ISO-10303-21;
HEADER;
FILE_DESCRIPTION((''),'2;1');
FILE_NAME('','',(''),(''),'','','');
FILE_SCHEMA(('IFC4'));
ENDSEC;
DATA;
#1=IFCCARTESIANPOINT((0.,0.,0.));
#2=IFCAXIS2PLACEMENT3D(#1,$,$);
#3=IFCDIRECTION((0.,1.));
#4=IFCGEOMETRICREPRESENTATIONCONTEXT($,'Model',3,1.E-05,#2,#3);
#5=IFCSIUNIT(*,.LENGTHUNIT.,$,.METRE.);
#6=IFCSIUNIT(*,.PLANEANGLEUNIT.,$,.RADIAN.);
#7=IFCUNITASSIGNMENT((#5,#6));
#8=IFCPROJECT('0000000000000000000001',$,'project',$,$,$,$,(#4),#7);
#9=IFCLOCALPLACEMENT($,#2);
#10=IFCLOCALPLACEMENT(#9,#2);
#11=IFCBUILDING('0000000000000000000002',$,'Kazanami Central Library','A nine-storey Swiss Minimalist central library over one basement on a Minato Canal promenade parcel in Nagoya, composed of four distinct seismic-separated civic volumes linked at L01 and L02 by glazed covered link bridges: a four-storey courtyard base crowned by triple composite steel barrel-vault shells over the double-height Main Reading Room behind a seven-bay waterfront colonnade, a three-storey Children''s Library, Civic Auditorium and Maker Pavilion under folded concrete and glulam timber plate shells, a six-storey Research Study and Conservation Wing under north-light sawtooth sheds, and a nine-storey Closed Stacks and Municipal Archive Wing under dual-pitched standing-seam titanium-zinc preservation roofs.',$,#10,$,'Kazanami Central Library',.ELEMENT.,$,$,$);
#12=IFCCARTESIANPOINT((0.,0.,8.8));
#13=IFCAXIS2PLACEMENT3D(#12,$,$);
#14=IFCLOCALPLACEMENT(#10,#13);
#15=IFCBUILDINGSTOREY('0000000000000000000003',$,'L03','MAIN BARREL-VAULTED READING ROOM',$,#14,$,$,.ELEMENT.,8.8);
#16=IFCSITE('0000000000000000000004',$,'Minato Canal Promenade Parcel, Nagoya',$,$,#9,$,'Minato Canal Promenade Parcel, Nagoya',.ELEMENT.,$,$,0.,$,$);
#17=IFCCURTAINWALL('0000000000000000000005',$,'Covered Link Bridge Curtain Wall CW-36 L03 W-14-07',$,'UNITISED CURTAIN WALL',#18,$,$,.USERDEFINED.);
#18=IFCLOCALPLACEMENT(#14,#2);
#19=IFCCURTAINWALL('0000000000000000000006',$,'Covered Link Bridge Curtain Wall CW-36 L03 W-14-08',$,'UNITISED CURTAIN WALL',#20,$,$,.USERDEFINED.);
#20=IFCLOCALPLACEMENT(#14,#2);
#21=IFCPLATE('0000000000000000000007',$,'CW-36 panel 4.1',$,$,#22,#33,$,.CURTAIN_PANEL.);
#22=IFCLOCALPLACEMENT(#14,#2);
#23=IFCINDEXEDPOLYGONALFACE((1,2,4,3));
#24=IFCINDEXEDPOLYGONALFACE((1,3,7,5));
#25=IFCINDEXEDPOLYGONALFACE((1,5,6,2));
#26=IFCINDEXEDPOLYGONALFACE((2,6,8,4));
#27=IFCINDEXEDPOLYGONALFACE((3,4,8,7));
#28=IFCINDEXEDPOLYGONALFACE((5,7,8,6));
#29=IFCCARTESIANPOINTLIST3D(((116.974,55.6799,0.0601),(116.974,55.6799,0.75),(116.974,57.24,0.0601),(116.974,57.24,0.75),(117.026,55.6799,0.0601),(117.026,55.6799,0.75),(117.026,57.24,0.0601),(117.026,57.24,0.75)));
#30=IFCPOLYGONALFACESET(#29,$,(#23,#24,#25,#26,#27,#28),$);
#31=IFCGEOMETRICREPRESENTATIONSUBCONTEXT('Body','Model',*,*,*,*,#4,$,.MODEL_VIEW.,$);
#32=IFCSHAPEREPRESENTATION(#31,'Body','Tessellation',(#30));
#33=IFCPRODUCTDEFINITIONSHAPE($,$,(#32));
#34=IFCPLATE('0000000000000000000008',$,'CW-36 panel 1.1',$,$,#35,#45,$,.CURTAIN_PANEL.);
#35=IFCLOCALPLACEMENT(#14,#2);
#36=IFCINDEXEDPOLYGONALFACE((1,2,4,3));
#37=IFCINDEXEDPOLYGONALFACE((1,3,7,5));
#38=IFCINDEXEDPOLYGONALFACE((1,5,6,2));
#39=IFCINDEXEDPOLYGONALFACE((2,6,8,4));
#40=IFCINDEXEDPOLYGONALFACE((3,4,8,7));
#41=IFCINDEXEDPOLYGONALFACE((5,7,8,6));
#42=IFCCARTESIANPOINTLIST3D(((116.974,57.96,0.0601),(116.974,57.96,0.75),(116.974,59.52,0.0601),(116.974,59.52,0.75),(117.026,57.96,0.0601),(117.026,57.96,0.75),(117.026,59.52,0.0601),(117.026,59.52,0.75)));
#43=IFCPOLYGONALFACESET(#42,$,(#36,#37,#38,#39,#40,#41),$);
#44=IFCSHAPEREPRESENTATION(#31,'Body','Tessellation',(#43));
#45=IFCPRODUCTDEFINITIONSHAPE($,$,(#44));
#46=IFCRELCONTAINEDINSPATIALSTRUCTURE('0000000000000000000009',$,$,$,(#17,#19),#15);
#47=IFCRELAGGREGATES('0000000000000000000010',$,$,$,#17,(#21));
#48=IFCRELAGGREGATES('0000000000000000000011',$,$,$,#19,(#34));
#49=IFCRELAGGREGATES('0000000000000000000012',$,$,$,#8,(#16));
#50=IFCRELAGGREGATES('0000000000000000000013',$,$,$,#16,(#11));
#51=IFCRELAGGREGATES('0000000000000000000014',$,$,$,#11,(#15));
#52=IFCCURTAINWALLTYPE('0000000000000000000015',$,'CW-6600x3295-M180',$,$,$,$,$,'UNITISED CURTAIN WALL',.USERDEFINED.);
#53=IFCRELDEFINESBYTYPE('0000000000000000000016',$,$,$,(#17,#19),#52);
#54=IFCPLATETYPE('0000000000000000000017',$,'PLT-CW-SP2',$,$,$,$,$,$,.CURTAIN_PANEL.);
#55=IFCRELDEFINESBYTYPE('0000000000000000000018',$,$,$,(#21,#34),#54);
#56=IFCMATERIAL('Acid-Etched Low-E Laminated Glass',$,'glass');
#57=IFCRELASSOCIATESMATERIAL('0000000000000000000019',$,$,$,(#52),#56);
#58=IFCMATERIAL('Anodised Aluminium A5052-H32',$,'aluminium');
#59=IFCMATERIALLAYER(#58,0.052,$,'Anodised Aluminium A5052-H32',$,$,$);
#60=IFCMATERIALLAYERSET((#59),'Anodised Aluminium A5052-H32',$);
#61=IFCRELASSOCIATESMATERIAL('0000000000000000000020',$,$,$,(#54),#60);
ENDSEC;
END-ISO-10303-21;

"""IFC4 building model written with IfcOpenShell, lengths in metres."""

from ifc_helpers import new_model, si_unit, direction, frame, origin, origin_2d, place, context, subcontext, project, spatial, rectangle, extrude, material, layer, layer_set, type_object, element, aggregate, save


model = new_model("IFC4")

# Units and contexts
model_context = context("Model", 3, precision=1e-05, world=origin(), true_north=direction((0.0, 1.0)))
body_context = subcontext(model_context, "Body", "Model", "MODEL_VIEW")
ifc_project = project(units=[si_unit("LENGTHUNIT", "METRE"), si_unit("PLANEANGLEUNIT", "RADIAN")], contexts=[model_context])

# Site, building, storey
site_placement = place(None, origin())
site = spatial("IfcSite", under=ifc_project, at=site_placement, Name="Minato Canal Promenade Parcel, Nagoya", LongName="Minato Canal Promenade Parcel, Nagoya", CompositionType="ELEMENT", RefElevation=0.0)
building_placement = place(site_placement, origin())
building = spatial("IfcBuilding", under=site, at=building_placement, Name="Kazanami Central Library", Description="A nine-storey Swiss Minimalist central library over one basement on a Minato Canal promenade parcel in Nagoya, composed of four distinct seismic-separated civic volumes linked at L01 and L02 by glazed covered link bridges: a four-storey courtyard base crowned by triple composite steel barrel-vault shells over the double-height Main Reading Room behind a seven-bay waterfront colonnade, a three-storey Children's Library, Civic Auditorium and Maker Pavilion under folded concrete and glulam timber plate shells, a six-storey Research Study and Conservation Wing under north-light sawtooth sheds, and a nine-storey Closed Stacks and Municipal Archive Wing under dual-pitched standing-seam titanium-zinc preservation roofs.", LongName="Kazanami Central Library", CompositionType="ELEMENT")
storey_placement = place(building_placement, frame((0.0, 0.0, 8.8)))
storey = spatial("IfcBuildingStorey", under=building, at=storey_placement, Name="L03", Description="MAIN BARREL-VAULTED READING ROOM", CompositionType="ELEMENT", Elevation=8.8)

# Curtain walls
ifc_material_1 = material(Name="Acid-Etched Low-E Laminated Glass", Category="glass")
curtain_wall_type_1 = type_object("IfcCurtainWallType", Name="CW-6600x3295-M180", ElementType="UNITISED CURTAIN WALL", PredefinedType="USERDEFINED", material=ifc_material_1)
curtain_wall_1_placement = place(storey_placement, origin())
curtain_wall_1 = element("IfcCurtainWall", 1, at=curtain_wall_1_placement, inside=storey, type_object=curtain_wall_type_1, Name="Covered Link Bridge Curtain Wall CW-36 L03 W-14-07", ObjectType="UNITISED CURTAIN WALL", PredefinedType="USERDEFINED")
curtain_wall_2_placement = place(storey_placement, origin())
curtain_wall_2 = element("IfcCurtainWall", 2, at=curtain_wall_2_placement, inside=storey, type_object=curtain_wall_type_1, Name="Covered Link Bridge Curtain Wall CW-36 L03 W-14-08", ObjectType="UNITISED CURTAIN WALL", PredefinedType="USERDEFINED")

# Plates
ifc_material_2 = material(Name="Anodised Aluminium A5052-H32", Category="aluminium")
ifc_layer_1 = layer(ifc_material_2, 0.052, Name="Anodised Aluminium A5052-H32")
ifc_layer_set_1 = layer_set([ifc_layer_1], Name="Anodised Aluminium A5052-H32")
plate_type_1 = type_object("IfcPlateType", Name="PLT-CW-SP2", PredefinedType="CURTAIN_PANEL", material=ifc_layer_set_1)
plate_1_placement = place(storey_placement, frame((117.0, 56.46, 0.0601), z_axis=(0.0, 0.0, 1.0), x_axis=(0.0, 1.0, 0.0)))
plate_1 = element("IfcPlate", 3, at=plate_1_placement, type_object=plate_type_1, Name="CW-36 panel 4.1", PredefinedType="CURTAIN_PANEL", context=body_context, shape_type="SweptSolid", body=[
    extrude(rectangle(XDim=1.5601, YDim=0.052, at=origin_2d()), origin(), (0.0, 0.0, 1.0), 0.6899),
])
aggregate(curtain_wall_1, [plate_1])
plate_2_placement = place(storey_placement, frame((117.0, 58.74, 0.0601), z_axis=(0.0, 0.0, 1.0), x_axis=(0.0, 1.0, 0.0)))
plate_2 = element("IfcPlate", 4, at=plate_2_placement, type_object=plate_type_1, Name="CW-36 panel 1.1", PredefinedType="CURTAIN_PANEL", context=body_context, shape_type="SweptSolid", body=[
    extrude(rectangle(XDim=1.5601, YDim=0.052, at=origin_2d()), origin(), (0.0, 0.0, 1.0), 0.6899),
])
aggregate(curtain_wall_2, [plate_2])

save(model, "model.ifc")
